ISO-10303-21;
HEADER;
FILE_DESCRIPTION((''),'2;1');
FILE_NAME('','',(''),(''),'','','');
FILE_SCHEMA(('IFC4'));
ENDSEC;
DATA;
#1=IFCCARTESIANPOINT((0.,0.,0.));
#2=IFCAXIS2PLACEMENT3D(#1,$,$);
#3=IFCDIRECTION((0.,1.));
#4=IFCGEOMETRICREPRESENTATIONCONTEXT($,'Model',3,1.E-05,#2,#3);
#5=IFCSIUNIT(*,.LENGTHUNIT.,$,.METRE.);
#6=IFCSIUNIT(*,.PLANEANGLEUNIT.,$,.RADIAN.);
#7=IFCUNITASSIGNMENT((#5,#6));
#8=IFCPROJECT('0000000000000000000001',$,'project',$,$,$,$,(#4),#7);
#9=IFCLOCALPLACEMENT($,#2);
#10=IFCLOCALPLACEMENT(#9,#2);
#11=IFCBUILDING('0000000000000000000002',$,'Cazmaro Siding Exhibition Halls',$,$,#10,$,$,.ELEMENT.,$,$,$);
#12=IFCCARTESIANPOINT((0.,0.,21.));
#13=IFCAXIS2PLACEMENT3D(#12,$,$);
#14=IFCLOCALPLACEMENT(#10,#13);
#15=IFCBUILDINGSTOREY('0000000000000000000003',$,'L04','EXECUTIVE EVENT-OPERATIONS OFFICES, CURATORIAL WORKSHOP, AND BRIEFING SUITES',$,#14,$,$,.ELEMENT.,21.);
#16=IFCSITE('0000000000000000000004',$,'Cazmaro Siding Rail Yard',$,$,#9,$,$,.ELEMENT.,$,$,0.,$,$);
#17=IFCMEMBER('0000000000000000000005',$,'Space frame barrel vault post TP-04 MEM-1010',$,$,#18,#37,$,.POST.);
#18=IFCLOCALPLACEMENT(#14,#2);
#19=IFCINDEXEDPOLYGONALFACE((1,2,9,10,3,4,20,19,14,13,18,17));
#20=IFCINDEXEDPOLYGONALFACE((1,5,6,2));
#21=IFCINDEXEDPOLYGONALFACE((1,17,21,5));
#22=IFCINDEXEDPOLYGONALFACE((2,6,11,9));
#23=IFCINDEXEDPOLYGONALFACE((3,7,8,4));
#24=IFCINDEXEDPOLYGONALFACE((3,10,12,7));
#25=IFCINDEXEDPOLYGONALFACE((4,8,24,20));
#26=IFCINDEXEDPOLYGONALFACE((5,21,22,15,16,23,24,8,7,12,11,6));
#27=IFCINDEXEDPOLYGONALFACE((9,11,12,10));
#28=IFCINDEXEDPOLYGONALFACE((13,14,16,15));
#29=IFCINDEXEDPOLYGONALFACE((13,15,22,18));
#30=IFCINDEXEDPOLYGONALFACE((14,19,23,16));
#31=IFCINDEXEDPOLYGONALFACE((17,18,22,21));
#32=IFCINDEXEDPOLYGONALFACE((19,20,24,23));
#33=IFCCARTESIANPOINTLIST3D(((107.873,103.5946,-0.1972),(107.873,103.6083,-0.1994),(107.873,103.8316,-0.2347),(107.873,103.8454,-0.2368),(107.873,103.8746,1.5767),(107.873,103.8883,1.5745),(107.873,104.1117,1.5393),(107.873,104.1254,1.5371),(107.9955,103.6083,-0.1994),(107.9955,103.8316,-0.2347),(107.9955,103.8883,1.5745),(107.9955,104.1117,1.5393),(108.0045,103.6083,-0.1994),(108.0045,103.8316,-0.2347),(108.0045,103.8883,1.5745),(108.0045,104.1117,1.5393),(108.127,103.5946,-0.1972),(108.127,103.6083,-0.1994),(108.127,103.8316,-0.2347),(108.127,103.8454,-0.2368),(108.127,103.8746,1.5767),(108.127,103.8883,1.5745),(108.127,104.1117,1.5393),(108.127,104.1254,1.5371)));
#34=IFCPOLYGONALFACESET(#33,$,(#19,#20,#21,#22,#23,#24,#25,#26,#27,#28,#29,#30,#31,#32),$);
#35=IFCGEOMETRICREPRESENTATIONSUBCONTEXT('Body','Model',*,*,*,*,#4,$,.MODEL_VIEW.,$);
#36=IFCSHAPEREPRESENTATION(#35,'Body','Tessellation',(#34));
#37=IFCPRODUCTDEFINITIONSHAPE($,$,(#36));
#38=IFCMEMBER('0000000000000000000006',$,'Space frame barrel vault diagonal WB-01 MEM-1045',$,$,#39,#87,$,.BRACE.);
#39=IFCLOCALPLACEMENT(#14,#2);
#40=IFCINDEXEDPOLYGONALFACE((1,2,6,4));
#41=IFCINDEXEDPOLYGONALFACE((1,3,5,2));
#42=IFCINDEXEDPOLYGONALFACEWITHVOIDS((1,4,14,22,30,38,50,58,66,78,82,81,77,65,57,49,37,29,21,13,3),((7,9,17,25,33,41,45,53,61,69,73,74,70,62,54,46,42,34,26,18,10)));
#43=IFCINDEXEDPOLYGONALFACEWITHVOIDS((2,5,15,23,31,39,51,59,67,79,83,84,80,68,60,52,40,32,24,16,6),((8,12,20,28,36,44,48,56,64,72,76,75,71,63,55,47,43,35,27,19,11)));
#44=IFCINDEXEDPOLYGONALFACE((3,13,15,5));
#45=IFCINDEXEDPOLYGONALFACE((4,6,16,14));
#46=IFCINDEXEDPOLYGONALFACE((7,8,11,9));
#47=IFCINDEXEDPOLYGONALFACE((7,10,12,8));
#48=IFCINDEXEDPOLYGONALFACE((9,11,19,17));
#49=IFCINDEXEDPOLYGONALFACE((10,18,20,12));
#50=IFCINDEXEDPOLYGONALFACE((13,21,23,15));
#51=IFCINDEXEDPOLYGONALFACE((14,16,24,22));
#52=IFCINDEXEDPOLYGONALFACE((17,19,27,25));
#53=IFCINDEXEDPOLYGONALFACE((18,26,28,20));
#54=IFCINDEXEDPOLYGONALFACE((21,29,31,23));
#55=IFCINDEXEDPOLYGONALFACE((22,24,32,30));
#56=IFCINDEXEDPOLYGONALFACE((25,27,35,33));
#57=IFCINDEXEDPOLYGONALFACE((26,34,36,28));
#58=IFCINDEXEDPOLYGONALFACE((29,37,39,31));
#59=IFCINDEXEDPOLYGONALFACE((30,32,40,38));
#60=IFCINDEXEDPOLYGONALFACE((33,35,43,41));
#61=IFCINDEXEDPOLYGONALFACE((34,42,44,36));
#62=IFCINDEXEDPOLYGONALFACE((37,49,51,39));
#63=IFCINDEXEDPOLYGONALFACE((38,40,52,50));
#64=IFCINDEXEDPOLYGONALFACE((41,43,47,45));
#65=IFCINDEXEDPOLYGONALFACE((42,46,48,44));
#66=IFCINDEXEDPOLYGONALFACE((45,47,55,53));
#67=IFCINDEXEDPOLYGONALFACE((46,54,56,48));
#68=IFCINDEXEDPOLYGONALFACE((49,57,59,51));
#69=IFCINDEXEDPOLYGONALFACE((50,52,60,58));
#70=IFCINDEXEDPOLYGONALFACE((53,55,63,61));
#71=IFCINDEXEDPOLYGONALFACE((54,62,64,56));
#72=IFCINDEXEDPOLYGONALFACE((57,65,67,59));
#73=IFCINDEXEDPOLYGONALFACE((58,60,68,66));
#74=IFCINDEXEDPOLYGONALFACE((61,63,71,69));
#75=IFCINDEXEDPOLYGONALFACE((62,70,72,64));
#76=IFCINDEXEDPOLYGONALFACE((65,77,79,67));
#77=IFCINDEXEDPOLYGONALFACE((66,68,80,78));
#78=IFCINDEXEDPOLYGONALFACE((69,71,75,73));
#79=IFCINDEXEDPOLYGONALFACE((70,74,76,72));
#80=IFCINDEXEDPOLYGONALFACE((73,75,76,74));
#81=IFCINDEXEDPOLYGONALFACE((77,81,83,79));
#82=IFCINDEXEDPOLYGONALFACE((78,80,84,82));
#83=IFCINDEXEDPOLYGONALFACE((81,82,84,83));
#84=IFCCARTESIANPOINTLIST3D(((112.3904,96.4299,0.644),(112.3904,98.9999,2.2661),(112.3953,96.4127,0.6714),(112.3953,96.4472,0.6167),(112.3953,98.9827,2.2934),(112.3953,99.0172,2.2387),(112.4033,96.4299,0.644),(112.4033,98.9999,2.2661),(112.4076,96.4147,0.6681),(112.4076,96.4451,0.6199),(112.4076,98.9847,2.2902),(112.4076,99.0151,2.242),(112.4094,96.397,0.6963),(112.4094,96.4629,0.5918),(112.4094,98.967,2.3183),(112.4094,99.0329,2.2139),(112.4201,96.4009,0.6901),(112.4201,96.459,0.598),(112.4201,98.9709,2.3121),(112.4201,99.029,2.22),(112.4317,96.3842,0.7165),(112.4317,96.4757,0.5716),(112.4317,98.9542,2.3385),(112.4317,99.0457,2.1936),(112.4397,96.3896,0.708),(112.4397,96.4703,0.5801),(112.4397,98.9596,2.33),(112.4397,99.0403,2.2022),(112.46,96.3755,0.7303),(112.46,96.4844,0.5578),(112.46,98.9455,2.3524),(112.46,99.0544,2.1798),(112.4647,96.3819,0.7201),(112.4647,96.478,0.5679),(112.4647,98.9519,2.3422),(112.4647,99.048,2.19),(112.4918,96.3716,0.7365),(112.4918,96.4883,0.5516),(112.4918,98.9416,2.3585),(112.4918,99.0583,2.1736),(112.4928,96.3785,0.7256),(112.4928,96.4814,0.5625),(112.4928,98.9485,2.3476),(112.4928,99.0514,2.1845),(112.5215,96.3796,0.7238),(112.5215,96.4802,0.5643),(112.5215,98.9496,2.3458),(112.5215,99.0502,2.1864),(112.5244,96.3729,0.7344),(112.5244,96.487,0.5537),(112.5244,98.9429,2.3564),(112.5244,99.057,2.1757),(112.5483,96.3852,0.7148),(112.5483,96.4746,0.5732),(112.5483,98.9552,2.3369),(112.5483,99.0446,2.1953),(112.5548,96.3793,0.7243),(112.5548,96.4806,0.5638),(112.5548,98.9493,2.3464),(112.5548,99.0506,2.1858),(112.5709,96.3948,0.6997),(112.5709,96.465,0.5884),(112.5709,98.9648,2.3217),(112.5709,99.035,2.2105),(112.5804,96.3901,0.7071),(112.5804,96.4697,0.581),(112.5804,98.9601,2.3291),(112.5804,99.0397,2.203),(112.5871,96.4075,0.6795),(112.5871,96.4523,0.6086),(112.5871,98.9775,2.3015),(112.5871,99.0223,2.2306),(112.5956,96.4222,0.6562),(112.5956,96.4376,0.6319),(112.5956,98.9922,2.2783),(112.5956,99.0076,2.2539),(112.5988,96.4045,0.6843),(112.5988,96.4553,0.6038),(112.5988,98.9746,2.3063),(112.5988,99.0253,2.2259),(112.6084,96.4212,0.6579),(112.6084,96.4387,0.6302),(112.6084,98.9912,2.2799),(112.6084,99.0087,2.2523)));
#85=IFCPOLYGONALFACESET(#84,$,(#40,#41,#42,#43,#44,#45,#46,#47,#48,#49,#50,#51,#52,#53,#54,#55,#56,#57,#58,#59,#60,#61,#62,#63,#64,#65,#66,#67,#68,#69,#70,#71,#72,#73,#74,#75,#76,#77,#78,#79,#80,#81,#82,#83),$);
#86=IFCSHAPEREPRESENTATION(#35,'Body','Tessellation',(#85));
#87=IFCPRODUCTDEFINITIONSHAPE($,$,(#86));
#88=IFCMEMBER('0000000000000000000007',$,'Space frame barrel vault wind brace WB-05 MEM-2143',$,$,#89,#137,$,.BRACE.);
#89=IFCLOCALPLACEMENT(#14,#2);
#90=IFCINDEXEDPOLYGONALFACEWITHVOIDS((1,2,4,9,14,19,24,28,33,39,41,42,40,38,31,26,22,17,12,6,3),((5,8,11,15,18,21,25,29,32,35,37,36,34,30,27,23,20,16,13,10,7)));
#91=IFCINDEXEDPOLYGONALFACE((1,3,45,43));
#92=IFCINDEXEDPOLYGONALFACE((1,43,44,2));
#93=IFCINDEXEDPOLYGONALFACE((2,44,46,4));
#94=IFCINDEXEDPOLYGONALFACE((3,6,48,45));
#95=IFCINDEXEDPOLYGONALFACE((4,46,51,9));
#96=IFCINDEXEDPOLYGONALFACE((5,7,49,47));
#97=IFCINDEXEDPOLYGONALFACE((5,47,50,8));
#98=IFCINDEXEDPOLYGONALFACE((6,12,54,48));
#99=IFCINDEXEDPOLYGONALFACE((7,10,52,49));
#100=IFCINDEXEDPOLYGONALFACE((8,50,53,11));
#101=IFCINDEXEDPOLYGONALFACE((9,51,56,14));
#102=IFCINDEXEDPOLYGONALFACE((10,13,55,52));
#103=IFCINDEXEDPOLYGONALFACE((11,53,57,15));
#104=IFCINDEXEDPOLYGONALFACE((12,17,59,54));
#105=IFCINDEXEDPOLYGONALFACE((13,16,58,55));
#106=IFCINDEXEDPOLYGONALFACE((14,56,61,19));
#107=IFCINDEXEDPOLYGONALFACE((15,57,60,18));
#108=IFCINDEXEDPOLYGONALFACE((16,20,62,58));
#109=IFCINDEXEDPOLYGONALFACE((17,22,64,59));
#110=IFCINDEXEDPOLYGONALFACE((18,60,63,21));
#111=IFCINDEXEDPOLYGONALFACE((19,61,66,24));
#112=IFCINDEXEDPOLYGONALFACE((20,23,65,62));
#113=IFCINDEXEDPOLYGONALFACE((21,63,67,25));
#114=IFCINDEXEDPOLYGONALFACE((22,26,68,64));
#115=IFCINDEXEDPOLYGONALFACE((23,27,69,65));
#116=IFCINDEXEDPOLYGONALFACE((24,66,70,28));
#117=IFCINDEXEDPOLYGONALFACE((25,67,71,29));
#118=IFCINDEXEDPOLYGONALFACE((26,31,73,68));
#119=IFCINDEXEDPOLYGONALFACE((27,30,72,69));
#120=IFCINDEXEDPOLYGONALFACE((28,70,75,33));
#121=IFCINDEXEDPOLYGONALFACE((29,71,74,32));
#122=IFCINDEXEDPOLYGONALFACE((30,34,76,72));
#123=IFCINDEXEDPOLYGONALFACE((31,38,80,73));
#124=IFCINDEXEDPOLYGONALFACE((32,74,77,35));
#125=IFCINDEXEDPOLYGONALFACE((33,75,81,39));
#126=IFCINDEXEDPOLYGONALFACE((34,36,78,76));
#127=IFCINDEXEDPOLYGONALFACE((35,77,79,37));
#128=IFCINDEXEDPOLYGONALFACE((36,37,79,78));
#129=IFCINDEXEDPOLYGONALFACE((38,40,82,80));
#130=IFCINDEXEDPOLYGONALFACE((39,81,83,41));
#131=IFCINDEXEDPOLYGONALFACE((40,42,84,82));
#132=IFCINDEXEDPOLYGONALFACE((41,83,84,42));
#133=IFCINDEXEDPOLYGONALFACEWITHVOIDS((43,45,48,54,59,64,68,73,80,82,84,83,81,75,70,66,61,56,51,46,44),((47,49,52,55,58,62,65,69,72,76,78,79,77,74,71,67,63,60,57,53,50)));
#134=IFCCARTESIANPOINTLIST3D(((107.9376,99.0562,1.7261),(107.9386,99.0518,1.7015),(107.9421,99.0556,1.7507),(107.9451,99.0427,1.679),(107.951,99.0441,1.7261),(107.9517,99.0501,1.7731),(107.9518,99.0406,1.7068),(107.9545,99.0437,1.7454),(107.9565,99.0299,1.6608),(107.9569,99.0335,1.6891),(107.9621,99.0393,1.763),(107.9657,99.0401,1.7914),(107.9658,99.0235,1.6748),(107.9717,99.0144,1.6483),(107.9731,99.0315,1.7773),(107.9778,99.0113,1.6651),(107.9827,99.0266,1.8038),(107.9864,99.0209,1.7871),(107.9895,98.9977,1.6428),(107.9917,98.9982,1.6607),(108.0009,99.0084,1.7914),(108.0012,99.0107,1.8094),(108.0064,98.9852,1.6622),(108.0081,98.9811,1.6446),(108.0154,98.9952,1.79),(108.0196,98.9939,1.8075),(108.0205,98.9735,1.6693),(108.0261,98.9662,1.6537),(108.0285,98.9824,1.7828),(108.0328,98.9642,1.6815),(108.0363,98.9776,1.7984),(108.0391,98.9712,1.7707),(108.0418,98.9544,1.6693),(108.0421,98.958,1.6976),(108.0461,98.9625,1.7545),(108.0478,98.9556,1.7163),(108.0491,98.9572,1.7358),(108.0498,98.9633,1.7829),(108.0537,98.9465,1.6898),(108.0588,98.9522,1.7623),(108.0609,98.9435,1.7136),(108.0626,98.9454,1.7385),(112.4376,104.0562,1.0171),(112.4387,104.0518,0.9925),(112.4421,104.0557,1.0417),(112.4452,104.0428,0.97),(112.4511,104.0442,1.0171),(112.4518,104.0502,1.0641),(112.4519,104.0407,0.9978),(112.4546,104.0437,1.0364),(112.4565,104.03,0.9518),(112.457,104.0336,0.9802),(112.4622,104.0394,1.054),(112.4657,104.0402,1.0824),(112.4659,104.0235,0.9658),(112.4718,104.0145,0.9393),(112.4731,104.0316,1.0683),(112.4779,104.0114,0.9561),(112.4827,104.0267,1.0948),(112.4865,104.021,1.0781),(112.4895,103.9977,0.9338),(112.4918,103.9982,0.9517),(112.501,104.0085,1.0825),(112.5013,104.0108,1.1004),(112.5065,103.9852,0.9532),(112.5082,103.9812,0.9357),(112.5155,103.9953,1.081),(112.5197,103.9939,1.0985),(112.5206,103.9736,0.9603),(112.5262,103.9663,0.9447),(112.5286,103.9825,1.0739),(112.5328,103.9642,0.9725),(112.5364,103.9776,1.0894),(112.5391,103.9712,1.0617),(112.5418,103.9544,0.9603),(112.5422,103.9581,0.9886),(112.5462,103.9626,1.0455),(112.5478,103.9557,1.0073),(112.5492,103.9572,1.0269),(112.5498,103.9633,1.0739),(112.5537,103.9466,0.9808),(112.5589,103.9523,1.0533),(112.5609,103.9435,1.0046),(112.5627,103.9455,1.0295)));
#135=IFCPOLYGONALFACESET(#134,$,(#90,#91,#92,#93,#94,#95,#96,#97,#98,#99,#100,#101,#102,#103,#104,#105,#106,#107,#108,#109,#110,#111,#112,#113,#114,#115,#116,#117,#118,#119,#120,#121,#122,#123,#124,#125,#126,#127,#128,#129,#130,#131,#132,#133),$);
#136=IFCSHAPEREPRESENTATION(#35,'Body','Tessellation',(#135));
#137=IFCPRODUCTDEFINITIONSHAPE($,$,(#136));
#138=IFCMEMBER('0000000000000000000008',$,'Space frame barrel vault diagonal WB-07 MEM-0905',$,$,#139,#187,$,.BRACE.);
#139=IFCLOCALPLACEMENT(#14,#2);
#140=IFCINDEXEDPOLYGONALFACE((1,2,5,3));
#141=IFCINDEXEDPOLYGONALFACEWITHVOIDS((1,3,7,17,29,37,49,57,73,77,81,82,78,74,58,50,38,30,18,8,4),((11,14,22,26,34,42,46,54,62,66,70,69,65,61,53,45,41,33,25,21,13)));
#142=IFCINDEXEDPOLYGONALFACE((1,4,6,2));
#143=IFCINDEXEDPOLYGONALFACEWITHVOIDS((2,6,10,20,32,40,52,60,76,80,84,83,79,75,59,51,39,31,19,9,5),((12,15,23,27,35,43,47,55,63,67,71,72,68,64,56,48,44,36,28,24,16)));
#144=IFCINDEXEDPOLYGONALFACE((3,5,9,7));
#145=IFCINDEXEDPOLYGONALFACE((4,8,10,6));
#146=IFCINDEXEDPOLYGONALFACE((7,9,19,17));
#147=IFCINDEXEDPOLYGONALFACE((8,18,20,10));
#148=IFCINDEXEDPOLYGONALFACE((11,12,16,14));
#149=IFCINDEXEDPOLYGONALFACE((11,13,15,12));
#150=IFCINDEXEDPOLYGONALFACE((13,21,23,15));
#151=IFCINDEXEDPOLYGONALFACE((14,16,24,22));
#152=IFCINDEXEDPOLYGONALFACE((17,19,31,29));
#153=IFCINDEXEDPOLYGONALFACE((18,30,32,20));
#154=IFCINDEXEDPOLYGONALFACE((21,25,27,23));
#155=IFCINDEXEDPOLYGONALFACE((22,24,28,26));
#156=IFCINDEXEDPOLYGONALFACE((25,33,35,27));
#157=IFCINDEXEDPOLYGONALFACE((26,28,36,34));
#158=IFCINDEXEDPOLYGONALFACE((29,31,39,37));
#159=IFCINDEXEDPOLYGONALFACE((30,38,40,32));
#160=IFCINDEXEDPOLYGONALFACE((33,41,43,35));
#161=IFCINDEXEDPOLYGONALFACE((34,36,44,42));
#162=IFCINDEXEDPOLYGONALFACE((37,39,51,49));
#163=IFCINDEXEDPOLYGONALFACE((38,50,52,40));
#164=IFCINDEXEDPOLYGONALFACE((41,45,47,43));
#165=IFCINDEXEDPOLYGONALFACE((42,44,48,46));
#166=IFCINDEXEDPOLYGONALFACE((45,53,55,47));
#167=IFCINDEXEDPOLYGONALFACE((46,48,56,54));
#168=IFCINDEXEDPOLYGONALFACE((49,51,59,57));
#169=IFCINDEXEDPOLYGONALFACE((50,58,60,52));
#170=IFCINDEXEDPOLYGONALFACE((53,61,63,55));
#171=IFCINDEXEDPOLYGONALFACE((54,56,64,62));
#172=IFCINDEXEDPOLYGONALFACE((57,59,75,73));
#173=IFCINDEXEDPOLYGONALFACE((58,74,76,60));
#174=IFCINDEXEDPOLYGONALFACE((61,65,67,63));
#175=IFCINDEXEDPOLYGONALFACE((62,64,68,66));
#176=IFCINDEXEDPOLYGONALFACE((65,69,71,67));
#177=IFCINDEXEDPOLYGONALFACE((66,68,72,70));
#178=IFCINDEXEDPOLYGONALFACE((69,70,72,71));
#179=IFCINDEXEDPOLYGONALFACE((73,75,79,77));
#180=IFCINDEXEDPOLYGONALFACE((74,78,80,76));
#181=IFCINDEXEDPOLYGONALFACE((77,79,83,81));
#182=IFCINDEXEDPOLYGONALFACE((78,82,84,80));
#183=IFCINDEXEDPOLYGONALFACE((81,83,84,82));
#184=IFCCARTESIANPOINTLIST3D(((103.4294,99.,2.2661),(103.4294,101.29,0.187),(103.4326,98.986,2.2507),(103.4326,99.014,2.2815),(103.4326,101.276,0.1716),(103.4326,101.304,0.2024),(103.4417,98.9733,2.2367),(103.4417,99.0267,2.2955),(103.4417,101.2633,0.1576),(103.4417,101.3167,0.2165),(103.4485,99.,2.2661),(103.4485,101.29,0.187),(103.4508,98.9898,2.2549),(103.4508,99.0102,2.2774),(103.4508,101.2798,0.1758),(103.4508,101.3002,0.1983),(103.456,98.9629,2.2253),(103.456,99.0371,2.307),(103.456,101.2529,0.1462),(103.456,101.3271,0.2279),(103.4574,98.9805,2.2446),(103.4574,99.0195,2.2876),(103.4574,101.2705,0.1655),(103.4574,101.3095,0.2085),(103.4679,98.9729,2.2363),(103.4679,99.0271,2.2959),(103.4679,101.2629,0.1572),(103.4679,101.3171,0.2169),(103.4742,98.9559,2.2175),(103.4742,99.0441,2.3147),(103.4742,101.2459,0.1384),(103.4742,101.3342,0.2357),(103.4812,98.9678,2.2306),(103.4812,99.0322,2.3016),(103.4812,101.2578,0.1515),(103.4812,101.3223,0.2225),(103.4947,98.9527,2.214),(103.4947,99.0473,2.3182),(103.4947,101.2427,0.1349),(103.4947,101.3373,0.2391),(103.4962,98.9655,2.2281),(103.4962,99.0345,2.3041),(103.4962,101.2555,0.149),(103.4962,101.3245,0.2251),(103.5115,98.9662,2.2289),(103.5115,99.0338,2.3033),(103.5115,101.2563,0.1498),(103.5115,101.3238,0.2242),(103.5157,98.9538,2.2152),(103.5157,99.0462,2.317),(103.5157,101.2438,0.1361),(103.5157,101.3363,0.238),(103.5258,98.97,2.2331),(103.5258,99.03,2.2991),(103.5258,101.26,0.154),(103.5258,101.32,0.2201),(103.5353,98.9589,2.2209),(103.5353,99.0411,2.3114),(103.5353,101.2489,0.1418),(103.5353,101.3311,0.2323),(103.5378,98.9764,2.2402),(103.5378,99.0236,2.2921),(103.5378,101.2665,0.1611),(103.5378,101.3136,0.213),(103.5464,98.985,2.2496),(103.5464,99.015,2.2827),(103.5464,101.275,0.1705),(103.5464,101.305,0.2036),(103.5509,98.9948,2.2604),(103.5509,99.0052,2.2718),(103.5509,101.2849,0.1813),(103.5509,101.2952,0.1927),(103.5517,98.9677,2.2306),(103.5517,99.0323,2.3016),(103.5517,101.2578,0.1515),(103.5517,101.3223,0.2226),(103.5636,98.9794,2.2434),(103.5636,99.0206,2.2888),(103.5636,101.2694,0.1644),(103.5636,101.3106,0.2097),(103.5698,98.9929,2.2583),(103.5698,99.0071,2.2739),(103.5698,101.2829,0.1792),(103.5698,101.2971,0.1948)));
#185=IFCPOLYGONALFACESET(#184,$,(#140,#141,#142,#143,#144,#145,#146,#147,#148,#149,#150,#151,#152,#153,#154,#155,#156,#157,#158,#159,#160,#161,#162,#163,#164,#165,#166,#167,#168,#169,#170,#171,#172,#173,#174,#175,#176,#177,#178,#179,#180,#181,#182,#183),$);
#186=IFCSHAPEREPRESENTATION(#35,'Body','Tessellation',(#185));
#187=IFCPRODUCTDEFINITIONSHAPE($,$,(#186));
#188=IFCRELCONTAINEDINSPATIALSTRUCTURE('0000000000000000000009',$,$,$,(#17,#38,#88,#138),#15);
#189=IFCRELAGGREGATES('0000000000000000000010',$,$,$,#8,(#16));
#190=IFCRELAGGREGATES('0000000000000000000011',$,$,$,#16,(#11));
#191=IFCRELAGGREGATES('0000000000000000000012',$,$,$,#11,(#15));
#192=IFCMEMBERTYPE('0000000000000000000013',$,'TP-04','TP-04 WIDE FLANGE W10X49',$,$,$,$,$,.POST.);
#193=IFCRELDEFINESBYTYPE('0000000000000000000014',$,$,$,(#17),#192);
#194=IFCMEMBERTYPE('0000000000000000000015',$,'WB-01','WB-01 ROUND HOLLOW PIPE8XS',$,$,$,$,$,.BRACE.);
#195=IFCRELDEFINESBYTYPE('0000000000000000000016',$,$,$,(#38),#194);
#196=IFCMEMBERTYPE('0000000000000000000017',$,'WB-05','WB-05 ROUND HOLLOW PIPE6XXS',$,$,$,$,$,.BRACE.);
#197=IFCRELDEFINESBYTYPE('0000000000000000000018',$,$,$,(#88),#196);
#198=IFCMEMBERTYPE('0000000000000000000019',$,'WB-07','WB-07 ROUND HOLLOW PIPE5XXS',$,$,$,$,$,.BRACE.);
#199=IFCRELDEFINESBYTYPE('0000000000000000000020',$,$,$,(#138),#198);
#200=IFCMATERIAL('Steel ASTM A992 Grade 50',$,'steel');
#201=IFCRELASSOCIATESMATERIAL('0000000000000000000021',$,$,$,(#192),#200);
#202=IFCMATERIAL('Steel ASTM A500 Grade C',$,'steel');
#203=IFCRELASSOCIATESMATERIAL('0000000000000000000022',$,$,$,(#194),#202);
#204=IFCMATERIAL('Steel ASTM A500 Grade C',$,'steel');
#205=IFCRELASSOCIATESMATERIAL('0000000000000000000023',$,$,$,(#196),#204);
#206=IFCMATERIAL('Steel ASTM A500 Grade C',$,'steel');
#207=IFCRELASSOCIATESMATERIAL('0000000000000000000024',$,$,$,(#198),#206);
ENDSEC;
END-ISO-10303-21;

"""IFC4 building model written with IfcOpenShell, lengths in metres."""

from ifc_helpers import new_model, si_unit, direction, frame, origin, origin_2d, place, context, subcontext, project, spatial, hollow_circle, i_section, extrude, material, material_profile, profile_set, type_object, element, save


model = new_model("IFC4")

# Units and contexts
model_context = context("Model", 3, precision=1e-05, world=origin(), true_north=direction((0.0, 1.0)))
body_context = subcontext(model_context, "Body", "Model", "MODEL_VIEW")
ifc_project = project(units=[si_unit("LENGTHUNIT", "METRE"), si_unit("PLANEANGLEUNIT", "RADIAN")], contexts=[model_context])

# Site, building, storey
site_placement = place(None, origin())
site = spatial("IfcSite", under=ifc_project, at=site_placement, Name="Cazmaro Siding Rail Yard", CompositionType="ELEMENT", RefElevation=0.0)
building_placement = place(site_placement, origin())
building = spatial("IfcBuilding", under=site, at=building_placement, Name="Cazmaro Siding Exhibition Halls", CompositionType="ELEMENT")
storey_placement = place(building_placement, frame((0.0, 0.0, 21.0)))
storey = spatial("IfcBuildingStorey", under=building, at=storey_placement, Name="L04", Description="EXECUTIVE EVENT-OPERATIONS OFFICES, CURATORIAL WORKSHOP, AND BRIEFING SUITES", CompositionType="ELEMENT", Elevation=21.0)

# Members
ifc_material_1 = material(Name="Steel ASTM A992 Grade 50", Category="steel")
ifc_material_profile_1 = material_profile(ifc_material_1, i_section(OverallWidth=0.2539, OverallDepth=0.2539, WebThickness=0.009, FlangeThickness=0.0139, at=origin_2d()), Name="W10X49")
ifc_profile_set_1 = profile_set([ifc_material_profile_1], Name="Steel ASTM A992 Grade 50")
member_type_1 = type_object("IfcMemberType", Name="TP-04", Description="TP-04 WIDE FLANGE W10X49", PredefinedType="POST", material=ifc_profile_set_1)
member_1_placement = place(storey_placement, frame((108.0, 103.72, -0.217), z_axis=(0.0, 0.155928, 0.987768), x_axis=(-1.0, 0.0, 0.0)))
element("IfcMember", 1, at=member_1_placement, inside=storey, type_object=member_type_1, Name="Space frame barrel vault post TP-04 MEM-1010", PredefinedType="POST", context=body_context, shape_type="SweptSolid", body=[
    extrude(i_section(OverallWidth=0.2539, OverallDepth=0.2539, WebThickness=0.009, FlangeThickness=0.0139, at=origin_2d()), origin(), (0.0, 0.0, 1.0), 1.7959),
])
ifc_material_2 = material(Name="Steel ASTM A500 Grade C", Category="steel")
ifc_material_profile_2 = material_profile(ifc_material_2, hollow_circle(Radius=0.1096, WallThickness=0.0129, at=origin_2d()), Name="PIPE8XS")
ifc_profile_set_2 = profile_set([ifc_material_profile_2], Name="Steel ASTM A500 Grade C")
member_type_2 = type_object("IfcMemberType", Name="WB-01", Description="WB-01 ROUND HOLLOW PIPE8XS", PredefinedType="BRACE", material=ifc_profile_set_2)
member_2_placement = place(storey_placement, frame((112.5, 96.4299, 0.644), z_axis=(0.0, 0.845657, 0.533727), x_axis=(-1.0, 0.0, 0.0)))
element("IfcMember", 2, at=member_2_placement, inside=storey, type_object=member_type_2, Name="Space frame barrel vault diagonal WB-01 MEM-1045", PredefinedType="BRACE", context=body_context, shape_type="SweptSolid", body=[
    extrude(hollow_circle(Radius=0.1096, WallThickness=0.0129, at=origin_2d()), origin(), (0.0, 0.0, 1.0), 3.0391),
])
ifc_material_3 = material(Name="Steel ASTM A500 Grade C", Category="steel")
ifc_material_profile_3 = material_profile(ifc_material_3, hollow_circle(Radius=0.084, WallThickness=0.0181, at=origin_2d()), Name="PIPE6XXS")
ifc_profile_set_3 = profile_set([ifc_material_profile_3], Name="Steel ASTM A500 Grade C")
member_type_3 = type_object("IfcMemberType", Name="WB-05", Description="WB-05 ROUND HOLLOW PIPE6XXS", PredefinedType="BRACE", material=ifc_profile_set_3)
member_3_placement = place(storey_placement, frame((108.0, 99.0, 1.7261), z_axis=(0.66528, 0.7392, -0.104816), x_axis=(-0.743294, 0.668965, 0.0)))
element("IfcMember", 3, at=member_3_placement, inside=storey, type_object=member_type_3, Name="Space frame barrel vault wind brace WB-05 MEM-2143", PredefinedType="BRACE", context=body_context, shape_type="SweptSolid", body=[
    extrude(hollow_circle(Radius=0.084, WallThickness=0.0181, at=origin_2d()), origin(), (0.0, 0.0, 1.0), 6.7642),
])
ifc_material_4 = material(Name="Steel ASTM A500 Grade C", Category="steel")
ifc_material_profile_4 = material_profile(ifc_material_4, hollow_circle(Radius=0.0706, WallThickness=0.019, at=origin_2d()), Name="PIPE5XXS")
ifc_profile_set_4 = profile_set([ifc_material_profile_4], Name="Steel ASTM A500 Grade C")
member_type_4 = type_object("IfcMemberType", Name="WB-07", Description="WB-07 ROUND HOLLOW PIPE5XXS", PredefinedType="BRACE", material=ifc_profile_set_4)
for number, where, z_axis, x_axis, name in (
    (4, (103.5, 99.0, 2.2661), (0.0, 0.740383, -0.672185), (-1.0, 0.0, 0.0), "Space frame barrel vault diagonal WB-07 MEM-0905"),
):
    element("IfcMember", number, at=place(storey_placement, frame(where, z_axis=z_axis, x_axis=x_axis)), inside=storey, type_object=member_type_4, Name=name, PredefinedType="BRACE", context=body_context, shape_type="SweptSolid", body=[
        extrude(hollow_circle(Radius=0.0706, WallThickness=0.019, at=origin_2d()), origin(), (0.0, 0.0, 1.0), 3.093),
    ])

save(model, "model.ifc")
